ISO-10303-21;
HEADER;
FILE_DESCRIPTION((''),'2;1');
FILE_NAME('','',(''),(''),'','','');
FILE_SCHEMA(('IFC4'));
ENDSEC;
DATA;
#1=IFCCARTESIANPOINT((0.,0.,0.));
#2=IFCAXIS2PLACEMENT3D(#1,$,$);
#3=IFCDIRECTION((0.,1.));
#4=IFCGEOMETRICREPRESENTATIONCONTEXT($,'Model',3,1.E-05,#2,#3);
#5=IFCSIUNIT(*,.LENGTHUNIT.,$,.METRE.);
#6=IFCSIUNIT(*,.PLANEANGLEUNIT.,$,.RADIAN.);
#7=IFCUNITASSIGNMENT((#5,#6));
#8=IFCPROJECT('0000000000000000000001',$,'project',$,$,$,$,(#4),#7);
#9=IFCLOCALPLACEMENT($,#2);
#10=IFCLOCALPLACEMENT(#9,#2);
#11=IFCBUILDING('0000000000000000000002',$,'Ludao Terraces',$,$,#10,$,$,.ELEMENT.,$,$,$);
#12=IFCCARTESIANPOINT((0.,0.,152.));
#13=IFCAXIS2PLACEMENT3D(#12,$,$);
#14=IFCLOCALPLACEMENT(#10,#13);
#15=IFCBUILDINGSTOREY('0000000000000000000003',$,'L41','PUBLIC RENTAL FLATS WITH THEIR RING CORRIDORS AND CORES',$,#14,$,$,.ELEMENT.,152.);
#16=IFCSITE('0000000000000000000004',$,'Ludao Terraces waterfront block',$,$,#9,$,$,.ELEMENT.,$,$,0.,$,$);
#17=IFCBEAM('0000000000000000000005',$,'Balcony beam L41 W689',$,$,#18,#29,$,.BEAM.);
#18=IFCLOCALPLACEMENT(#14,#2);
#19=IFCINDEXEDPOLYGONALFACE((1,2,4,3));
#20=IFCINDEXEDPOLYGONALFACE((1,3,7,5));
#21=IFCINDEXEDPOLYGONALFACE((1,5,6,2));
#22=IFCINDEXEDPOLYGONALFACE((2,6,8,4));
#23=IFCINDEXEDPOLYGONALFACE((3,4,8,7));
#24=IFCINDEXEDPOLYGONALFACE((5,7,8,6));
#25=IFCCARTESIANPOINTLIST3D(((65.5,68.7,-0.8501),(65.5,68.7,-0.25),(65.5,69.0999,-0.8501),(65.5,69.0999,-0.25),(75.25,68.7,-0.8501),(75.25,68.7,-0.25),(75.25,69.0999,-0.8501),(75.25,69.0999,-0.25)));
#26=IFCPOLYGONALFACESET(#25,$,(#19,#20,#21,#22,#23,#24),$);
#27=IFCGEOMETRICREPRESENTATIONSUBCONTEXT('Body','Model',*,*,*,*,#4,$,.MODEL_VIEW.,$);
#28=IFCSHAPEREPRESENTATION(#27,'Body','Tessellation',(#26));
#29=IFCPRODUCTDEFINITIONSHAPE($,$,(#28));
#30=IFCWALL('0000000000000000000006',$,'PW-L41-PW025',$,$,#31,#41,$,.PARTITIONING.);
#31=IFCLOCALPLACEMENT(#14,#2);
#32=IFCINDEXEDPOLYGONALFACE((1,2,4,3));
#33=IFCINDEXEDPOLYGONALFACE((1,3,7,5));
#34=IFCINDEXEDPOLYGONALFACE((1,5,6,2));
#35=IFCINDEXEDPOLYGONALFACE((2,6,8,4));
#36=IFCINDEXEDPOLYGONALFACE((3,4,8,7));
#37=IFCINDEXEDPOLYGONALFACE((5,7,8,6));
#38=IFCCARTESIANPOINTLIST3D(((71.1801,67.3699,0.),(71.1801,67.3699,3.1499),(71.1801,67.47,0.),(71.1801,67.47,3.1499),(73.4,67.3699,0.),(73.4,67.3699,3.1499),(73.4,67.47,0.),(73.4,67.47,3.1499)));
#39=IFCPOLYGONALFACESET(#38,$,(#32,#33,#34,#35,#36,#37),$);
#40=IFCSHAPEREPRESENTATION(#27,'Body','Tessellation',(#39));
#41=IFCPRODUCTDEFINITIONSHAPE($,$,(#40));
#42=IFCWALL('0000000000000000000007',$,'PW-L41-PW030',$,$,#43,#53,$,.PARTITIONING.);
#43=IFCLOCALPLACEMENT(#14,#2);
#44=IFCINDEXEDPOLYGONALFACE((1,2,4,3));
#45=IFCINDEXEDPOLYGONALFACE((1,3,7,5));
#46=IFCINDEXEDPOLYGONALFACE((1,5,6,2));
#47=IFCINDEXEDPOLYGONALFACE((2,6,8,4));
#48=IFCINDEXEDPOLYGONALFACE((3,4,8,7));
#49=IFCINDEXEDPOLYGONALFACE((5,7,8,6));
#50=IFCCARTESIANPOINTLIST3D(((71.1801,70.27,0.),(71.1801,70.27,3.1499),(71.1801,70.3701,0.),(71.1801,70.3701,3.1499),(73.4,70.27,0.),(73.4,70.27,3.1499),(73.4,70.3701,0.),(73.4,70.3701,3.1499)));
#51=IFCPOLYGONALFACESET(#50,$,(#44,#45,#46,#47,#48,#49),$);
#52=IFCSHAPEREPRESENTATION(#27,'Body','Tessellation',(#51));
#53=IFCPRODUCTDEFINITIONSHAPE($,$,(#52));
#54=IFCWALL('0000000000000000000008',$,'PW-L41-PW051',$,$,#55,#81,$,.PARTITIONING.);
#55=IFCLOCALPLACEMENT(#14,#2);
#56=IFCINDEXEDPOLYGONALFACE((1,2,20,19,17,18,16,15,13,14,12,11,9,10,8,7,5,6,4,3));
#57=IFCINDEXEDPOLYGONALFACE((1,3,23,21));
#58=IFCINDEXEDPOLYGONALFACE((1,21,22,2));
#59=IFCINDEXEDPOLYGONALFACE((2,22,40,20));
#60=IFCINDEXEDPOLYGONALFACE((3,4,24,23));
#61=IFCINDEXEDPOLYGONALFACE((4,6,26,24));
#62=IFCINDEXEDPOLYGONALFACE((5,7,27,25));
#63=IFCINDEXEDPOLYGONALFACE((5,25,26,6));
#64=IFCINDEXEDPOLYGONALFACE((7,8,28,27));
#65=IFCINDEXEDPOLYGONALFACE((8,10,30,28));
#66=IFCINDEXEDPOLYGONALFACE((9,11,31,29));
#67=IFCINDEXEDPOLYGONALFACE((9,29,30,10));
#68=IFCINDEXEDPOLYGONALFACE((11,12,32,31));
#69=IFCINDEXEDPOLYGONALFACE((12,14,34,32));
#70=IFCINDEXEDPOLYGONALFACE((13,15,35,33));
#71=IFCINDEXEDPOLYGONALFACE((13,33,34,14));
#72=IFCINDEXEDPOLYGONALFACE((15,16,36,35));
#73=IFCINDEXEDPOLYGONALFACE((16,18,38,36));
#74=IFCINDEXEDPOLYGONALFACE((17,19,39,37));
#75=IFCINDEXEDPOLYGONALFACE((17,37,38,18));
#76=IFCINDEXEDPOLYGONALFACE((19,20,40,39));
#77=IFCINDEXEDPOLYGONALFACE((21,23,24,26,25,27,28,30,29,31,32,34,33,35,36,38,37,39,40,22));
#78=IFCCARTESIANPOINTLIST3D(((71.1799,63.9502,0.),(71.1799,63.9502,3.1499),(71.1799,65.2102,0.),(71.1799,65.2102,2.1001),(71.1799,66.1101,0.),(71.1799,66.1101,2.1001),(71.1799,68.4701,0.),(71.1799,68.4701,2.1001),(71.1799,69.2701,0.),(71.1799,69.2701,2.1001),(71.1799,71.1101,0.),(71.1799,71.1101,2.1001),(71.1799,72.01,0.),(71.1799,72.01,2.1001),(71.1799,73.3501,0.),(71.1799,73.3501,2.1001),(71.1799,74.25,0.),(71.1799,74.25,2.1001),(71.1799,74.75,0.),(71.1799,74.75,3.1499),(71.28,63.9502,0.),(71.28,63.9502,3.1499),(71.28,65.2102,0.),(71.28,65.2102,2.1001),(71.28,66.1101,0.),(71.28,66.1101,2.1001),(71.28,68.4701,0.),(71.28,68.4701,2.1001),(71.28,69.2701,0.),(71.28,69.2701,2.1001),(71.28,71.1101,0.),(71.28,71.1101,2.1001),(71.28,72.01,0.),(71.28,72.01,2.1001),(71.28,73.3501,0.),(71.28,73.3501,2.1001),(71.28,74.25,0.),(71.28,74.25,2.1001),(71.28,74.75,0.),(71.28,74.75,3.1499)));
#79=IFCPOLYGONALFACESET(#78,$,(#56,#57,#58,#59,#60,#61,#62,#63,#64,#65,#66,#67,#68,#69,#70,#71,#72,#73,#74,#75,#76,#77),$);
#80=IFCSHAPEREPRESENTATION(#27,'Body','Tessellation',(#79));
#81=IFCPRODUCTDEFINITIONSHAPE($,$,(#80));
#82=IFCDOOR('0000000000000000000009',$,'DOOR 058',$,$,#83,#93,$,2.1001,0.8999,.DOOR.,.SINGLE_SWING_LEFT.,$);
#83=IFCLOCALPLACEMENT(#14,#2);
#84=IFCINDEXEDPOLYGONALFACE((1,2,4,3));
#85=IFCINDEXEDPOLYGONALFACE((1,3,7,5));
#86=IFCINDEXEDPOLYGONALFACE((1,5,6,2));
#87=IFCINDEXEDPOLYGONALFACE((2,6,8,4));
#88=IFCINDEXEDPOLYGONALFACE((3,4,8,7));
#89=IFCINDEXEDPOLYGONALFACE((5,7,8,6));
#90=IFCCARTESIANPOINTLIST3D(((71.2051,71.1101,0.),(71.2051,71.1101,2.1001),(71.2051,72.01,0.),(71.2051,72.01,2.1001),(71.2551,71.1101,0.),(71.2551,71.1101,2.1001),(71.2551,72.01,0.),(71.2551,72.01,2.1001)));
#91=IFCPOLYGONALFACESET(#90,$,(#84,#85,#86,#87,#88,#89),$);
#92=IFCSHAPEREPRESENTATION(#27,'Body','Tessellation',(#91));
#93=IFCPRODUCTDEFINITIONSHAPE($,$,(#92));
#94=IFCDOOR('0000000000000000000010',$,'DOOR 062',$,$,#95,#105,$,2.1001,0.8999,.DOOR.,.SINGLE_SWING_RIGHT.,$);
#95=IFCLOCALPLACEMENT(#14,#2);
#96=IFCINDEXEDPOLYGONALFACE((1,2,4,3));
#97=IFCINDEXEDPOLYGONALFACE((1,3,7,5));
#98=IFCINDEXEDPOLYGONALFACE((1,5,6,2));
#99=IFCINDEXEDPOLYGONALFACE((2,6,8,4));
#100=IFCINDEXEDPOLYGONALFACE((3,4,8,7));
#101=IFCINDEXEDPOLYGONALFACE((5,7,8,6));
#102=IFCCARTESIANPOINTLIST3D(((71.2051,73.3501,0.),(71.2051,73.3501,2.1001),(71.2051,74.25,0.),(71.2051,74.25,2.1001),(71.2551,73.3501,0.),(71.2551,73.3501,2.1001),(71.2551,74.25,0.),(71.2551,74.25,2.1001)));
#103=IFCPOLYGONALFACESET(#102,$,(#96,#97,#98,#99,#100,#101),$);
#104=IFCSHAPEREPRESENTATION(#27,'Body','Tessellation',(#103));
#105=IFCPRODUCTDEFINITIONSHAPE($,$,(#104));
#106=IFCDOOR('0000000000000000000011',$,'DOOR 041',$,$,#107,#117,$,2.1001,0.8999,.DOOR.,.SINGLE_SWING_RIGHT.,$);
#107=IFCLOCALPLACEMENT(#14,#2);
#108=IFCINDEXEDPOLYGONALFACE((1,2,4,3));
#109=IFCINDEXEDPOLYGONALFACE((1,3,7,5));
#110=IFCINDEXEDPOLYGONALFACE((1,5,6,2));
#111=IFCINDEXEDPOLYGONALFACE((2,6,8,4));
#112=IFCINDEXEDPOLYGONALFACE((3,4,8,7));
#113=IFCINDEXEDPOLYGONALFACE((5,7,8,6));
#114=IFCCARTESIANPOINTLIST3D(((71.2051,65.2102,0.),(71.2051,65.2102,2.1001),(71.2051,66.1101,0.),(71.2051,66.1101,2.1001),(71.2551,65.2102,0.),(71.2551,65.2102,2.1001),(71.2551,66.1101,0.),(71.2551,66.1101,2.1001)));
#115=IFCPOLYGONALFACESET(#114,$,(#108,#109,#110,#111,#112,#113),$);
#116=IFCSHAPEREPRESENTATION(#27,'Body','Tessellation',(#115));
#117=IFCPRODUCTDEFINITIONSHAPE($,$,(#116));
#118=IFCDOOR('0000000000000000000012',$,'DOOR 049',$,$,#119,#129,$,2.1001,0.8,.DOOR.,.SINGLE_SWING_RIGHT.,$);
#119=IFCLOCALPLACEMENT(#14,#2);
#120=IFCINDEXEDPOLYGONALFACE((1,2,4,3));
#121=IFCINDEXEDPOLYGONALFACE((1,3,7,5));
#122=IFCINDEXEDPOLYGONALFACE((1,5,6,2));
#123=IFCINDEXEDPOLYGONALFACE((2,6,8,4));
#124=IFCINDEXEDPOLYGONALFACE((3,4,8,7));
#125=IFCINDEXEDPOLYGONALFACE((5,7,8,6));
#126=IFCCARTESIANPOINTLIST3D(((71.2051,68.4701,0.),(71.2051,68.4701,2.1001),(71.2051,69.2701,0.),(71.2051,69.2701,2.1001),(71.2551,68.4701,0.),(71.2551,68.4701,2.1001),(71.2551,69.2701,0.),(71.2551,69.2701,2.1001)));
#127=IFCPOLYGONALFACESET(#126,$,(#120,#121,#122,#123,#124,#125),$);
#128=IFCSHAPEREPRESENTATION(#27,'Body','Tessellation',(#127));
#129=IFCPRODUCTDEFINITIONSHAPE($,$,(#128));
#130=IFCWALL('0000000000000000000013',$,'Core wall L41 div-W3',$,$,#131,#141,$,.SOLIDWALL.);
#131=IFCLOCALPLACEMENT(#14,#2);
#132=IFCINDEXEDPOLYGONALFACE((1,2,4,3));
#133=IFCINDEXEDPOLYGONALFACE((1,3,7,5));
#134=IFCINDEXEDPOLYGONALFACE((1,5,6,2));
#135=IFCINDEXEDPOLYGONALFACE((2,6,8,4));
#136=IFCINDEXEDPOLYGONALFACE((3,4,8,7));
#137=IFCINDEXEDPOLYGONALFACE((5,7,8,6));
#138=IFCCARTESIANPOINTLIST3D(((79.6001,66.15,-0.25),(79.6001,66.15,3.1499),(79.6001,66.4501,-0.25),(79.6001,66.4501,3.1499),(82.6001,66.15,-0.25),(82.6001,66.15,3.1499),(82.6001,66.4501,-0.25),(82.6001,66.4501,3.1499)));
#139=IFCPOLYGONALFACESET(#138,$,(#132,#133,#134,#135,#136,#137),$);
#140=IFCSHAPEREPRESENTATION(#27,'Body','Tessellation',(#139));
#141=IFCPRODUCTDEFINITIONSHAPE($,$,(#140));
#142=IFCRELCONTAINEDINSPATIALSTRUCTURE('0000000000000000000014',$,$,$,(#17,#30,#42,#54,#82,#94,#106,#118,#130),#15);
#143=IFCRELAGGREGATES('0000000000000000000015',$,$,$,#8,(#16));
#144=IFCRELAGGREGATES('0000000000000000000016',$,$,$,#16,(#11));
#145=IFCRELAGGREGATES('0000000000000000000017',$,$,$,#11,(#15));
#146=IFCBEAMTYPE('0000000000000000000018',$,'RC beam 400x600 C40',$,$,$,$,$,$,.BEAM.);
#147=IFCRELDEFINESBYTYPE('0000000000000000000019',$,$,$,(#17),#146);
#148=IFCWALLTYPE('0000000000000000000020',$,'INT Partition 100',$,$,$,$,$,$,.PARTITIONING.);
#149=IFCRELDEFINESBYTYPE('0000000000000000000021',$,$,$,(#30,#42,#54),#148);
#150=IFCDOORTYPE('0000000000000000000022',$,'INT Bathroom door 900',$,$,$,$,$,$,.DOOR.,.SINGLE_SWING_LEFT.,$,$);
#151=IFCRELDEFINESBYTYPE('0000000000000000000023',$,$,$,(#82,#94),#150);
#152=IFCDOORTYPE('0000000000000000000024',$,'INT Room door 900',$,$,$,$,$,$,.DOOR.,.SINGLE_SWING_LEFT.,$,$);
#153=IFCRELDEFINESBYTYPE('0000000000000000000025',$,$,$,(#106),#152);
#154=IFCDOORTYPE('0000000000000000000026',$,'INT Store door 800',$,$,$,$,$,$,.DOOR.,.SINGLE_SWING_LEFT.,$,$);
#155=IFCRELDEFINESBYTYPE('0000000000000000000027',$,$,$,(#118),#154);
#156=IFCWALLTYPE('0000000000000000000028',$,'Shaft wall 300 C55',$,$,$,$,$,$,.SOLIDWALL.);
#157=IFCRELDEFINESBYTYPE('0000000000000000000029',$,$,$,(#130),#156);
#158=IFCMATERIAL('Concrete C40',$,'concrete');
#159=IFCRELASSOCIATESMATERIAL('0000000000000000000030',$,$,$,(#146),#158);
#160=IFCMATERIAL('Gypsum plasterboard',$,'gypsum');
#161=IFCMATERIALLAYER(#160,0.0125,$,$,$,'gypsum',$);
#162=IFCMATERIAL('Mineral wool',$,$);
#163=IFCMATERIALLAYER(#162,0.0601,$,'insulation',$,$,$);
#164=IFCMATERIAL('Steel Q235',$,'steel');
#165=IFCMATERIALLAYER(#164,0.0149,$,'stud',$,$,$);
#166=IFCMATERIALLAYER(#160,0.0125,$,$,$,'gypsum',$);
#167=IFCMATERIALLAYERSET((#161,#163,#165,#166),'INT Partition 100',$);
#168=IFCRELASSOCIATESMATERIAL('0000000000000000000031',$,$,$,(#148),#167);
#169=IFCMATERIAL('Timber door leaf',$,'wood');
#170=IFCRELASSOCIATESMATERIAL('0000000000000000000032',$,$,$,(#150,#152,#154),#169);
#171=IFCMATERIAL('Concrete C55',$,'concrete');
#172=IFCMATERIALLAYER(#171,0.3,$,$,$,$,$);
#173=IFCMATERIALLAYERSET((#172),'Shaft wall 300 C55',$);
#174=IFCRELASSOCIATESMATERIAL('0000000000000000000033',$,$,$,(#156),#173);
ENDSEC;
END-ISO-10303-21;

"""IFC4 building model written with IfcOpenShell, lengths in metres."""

from ifc_helpers import new_model, si_unit, direction, frame, frame_2d, origin, origin_2d, place, context, subcontext, project, spatial, rectangle, extrude, material, layer, layer_set, material_profile, profile_set, type_object, element, fill, save


model = new_model("IFC4")

# Units and contexts
model_context = context("Model", 3, precision=1e-05, world=origin(), true_north=direction((0.0, 1.0)))
body_context = subcontext(model_context, "Body", "Model", "MODEL_VIEW")
ifc_project = project(units=[si_unit("LENGTHUNIT", "METRE"), si_unit("PLANEANGLEUNIT", "RADIAN")], contexts=[model_context])

# Site, building, storey
site_placement = place(None, origin())
site = spatial("IfcSite", under=ifc_project, at=site_placement, Name="Ludao Terraces waterfront block", CompositionType="ELEMENT", RefElevation=0.0)
building_placement = place(site_placement, origin())
building = spatial("IfcBuilding", under=site, at=building_placement, Name="Ludao Terraces", CompositionType="ELEMENT")
storey_placement = place(building_placement, frame((0.0, 0.0, 152.0)))
storey = spatial("IfcBuildingStorey", under=building, at=storey_placement, Name="L41", Description="PUBLIC RENTAL FLATS WITH THEIR RING CORRIDORS AND CORES", CompositionType="ELEMENT", Elevation=152.0)

# Beam
ifc_material_1 = material(Name="Concrete C40", Category="concrete")
ifc_material_profile = material_profile(ifc_material_1, rectangle(XDim=0.3999, YDim=0.6001, at=origin_2d()), Name="400 X 600")
ifc_profile_set = profile_set([ifc_material_profile], Name="Concrete C40")
beam_type = type_object("IfcBeamType", Name="RC beam 400x600 C40", PredefinedType="BEAM", material=ifc_profile_set)
beam_placement = place(storey_placement, frame((75.25, 68.8999, -0.55), z_axis=(-1.0, 0.0, 0.0), x_axis=(0.0, -1.0, 0.0)))
element("IfcBeam", 1, at=beam_placement, inside=storey, type_object=beam_type, Name="Balcony beam L41 W689", PredefinedType="BEAM", context=body_context, shape_type="SweptSolid", body=[
    extrude(rectangle(XDim=0.3999, YDim=0.6001, at=origin_2d()), origin(), (0.0, 0.0, 1.0), 9.75),
])

# Walls
ifc_material_2 = material(Name="Gypsum plasterboard", Category="gypsum")
ifc_layer_1 = layer(ifc_material_2, 0.0125, Category="gypsum")
ifc_material_3 = material(Name="Mineral wool")
ifc_layer_2 = layer(ifc_material_3, 0.0601, Name="insulation")
ifc_material_4 = material(Name="Steel Q235", Category="steel")
ifc_layer_3 = layer(ifc_material_4, 0.0149, Name="stud")
ifc_layer_4 = layer(ifc_material_2, 0.0125, Category="gypsum")
ifc_layer_set_1 = layer_set([ifc_layer_1, ifc_layer_2, ifc_layer_3, ifc_layer_4], Name="INT Partition 100")
wall_type_1 = type_object("IfcWallType", Name="INT Partition 100", PredefinedType="PARTITIONING", material=ifc_layer_set_1)
for number, where, z_axis, x_axis, name in (
    (2, (71.1802, 67.4199, 0.0), (0.0, 0.0, 1.0), (1.0, 0.0, 0.0), "PW-L41-PW025"),
    (3, (71.1802, 70.3201, 0.0), (0.0, 0.0, 1.0), (1.0, 0.0, 0.0), "PW-L41-PW030"),
):
    element("IfcWall", number, at=place(storey_placement, frame(where, z_axis=z_axis, x_axis=x_axis)), inside=storey, type_object=wall_type_1, Name=name, PredefinedType="PARTITIONING", context=body_context, shape_type="SweptSolid", body=[
        extrude(rectangle(XDim=2.22, YDim=0.1001, at=frame_2d((1.1099, 0.0))), origin(), (0.0, 0.0, 1.0), 3.1499),
    ])

# Wall, openings, doors
wall_1_placement = place(storey_placement, frame((71.23, 63.9502, 0.0), z_axis=(0.0, 0.0, 1.0), x_axis=(0.0, 1.0, 0.0)))
wall_1 = element("IfcWall", 4, at=wall_1_placement, inside=storey, type_object=wall_type_1, Name="PW-L41-PW051", PredefinedType="PARTITIONING", context=body_context, shape_type="SweptSolid", body=[
    extrude(rectangle(XDim=10.7998, YDim=0.1001, at=frame_2d((5.3999, 0.0))), origin(), (0.0, 0.0, 1.0), 3.1499),
])
opening_1_placement = place(wall_1_placement, frame((1.26, 0.0, 0.0)))
opening_1 = element("IfcOpeningElement", 5, at=opening_1_placement, cuts=wall_1, PredefinedType="OPENING", context=body_context, shape_type="SweptSolid", body=[
    extrude(rectangle(XDim=0.8999, YDim=2.1001, at=frame_2d((0.45, 1.05))), frame((0.0, 0.0601, 0.0), z_axis=(0.0, -1.0, 0.0), x_axis=(1.0, 0.0, 0.0)), (0.0, 0.0, 1.0), 0.1201),
])
opening_2_placement = place(wall_1_placement, frame((4.52, 0.0, 0.0)))
opening_2 = element("IfcOpeningElement", 6, at=opening_2_placement, cuts=wall_1, PredefinedType="OPENING", context=body_context, shape_type="SweptSolid", body=[
    extrude(rectangle(XDim=0.8, YDim=2.1001, at=frame_2d((0.3999, 1.05))), frame((0.0, 0.0601, 0.0), z_axis=(0.0, -1.0, 0.0), x_axis=(1.0, 0.0, 0.0)), (0.0, 0.0, 1.0), 0.1201),
])
opening_3_placement = place(wall_1_placement, frame((7.1599, 0.0, 0.0)))
opening_3 = element("IfcOpeningElement", 7, at=opening_3_placement, cuts=wall_1, PredefinedType="OPENING", context=body_context, shape_type="SweptSolid", body=[
    extrude(rectangle(XDim=0.8999, YDim=2.1001, at=frame_2d((0.45, 1.05))), frame((0.0, 0.0601, 0.0), z_axis=(0.0, -1.0, 0.0), x_axis=(1.0, 0.0, 0.0)), (0.0, 0.0, 1.0), 0.1201),
])
opening_4_placement = place(wall_1_placement, frame((9.3999, 0.0, 0.0)))
opening_4 = element("IfcOpeningElement", 8, at=opening_4_placement, cuts=wall_1, PredefinedType="OPENING", context=body_context, shape_type="SweptSolid", body=[
    extrude(rectangle(XDim=0.8999, YDim=2.1001, at=frame_2d((0.45, 1.05))), frame((0.0, 0.0601, 0.0), z_axis=(0.0, -1.0, 0.0), x_axis=(1.0, 0.0, 0.0)), (0.0, 0.0, 1.0), 0.1201),
])
ifc_material_5 = material(Name="Timber door leaf", Category="wood")
door_type_1 = type_object("IfcDoorType", Name="INT Bathroom door 900", OperationType="SINGLE_SWING_LEFT", PredefinedType="DOOR", material=ifc_material_5)
door_1_placement = place(opening_3_placement, origin())
door_1 = element("IfcDoor", 9, at=door_1_placement, inside=storey, type_object=door_type_1, Name="DOOR 058", OperationType="SINGLE_SWING_LEFT", OverallHeight=2.1001, OverallWidth=0.8999, PredefinedType="DOOR", context=body_context, shape_type="SweptSolid", body=[
    extrude(rectangle(XDim=0.8999, YDim=2.1001, at=frame_2d((0.45, 1.05))), frame((0.0, 0.0249, 0.0), z_axis=(0.0, -1.0, 0.0), x_axis=(1.0, 0.0, 0.0)), (0.0, 0.0, 1.0), 0.05),
])
fill(opening_3, door_1)
door_2_placement = place(opening_4_placement, origin())
door_2 = element("IfcDoor", 10, at=door_2_placement, inside=storey, type_object=door_type_1, Name="DOOR 062", OperationType="SINGLE_SWING_RIGHT", OverallHeight=2.1001, OverallWidth=0.8999, PredefinedType="DOOR", context=body_context, shape_type="SweptSolid", body=[
    extrude(rectangle(XDim=0.8999, YDim=2.1001, at=frame_2d((0.45, 1.05))), frame((0.0, 0.0249, 0.0), z_axis=(0.0, -1.0, 0.0), x_axis=(1.0, 0.0, 0.0)), (0.0, 0.0, 1.0), 0.05),
])
fill(opening_4, door_2)
door_type_2 = type_object("IfcDoorType", Name="INT Room door 900", OperationType="SINGLE_SWING_LEFT", PredefinedType="DOOR", material=ifc_material_5)
door_3_placement = place(opening_1_placement, origin())
door_3 = element("IfcDoor", 11, at=door_3_placement, inside=storey, type_object=door_type_2, Name="DOOR 041", OperationType="SINGLE_SWING_RIGHT", OverallHeight=2.1001, OverallWidth=0.8999, PredefinedType="DOOR", context=body_context, shape_type="SweptSolid", body=[
    extrude(rectangle(XDim=0.8999, YDim=2.1001, at=frame_2d((0.45, 1.05))), frame((0.0, 0.0249, 0.0), z_axis=(0.0, -1.0, 0.0), x_axis=(1.0, 0.0, 0.0)), (0.0, 0.0, 1.0), 0.05),
])
fill(opening_1, door_3)
door_type_3 = type_object("IfcDoorType", Name="INT Store door 800", OperationType="SINGLE_SWING_LEFT", PredefinedType="DOOR", material=ifc_material_5)
door_4_placement = place(opening_2_placement, origin())
door_4 = element("IfcDoor", 12, at=door_4_placement, inside=storey, type_object=door_type_3, Name="DOOR 049", OperationType="SINGLE_SWING_RIGHT", OverallHeight=2.1001, OverallWidth=0.8, PredefinedType="DOOR", context=body_context, shape_type="SweptSolid", body=[
    extrude(rectangle(XDim=0.8, YDim=2.1001, at=frame_2d((0.3999, 1.05))), frame((0.0, 0.0249, 0.0), z_axis=(0.0, -1.0, 0.0), x_axis=(1.0, 0.0, 0.0)), (0.0, 0.0, 1.0), 0.05),
])
fill(opening_2, door_4)

# Wall
ifc_material_6 = material(Name="Concrete C55", Category="concrete")
ifc_layer_5 = layer(ifc_material_6, 0.3)
ifc_layer_set_2 = layer_set([ifc_layer_5], Name="Shaft wall 300 C55")
wall_type_2 = type_object("IfcWallType", Name="Shaft wall 300 C55", PredefinedType="SOLIDWALL", material=ifc_layer_set_2)
wall_2_placement = place(storey_placement, frame((79.6001, 66.3, -0.25), z_axis=(0.0, 0.0, 1.0), x_axis=(1.0, 0.0, 0.0)))
element("IfcWall", 13, at=wall_2_placement, inside=storey, type_object=wall_type_2, Name="Core wall L41 div-W3", PredefinedType="SOLIDWALL", context=body_context, shape_type="SweptSolid", body=[
    extrude(rectangle(XDim=3.0, YDim=0.3, at=frame_2d((1.5, 0.0))), origin(), (0.0, 0.0, 1.0), 3.3999),
])

save(model, "model.ifc")
